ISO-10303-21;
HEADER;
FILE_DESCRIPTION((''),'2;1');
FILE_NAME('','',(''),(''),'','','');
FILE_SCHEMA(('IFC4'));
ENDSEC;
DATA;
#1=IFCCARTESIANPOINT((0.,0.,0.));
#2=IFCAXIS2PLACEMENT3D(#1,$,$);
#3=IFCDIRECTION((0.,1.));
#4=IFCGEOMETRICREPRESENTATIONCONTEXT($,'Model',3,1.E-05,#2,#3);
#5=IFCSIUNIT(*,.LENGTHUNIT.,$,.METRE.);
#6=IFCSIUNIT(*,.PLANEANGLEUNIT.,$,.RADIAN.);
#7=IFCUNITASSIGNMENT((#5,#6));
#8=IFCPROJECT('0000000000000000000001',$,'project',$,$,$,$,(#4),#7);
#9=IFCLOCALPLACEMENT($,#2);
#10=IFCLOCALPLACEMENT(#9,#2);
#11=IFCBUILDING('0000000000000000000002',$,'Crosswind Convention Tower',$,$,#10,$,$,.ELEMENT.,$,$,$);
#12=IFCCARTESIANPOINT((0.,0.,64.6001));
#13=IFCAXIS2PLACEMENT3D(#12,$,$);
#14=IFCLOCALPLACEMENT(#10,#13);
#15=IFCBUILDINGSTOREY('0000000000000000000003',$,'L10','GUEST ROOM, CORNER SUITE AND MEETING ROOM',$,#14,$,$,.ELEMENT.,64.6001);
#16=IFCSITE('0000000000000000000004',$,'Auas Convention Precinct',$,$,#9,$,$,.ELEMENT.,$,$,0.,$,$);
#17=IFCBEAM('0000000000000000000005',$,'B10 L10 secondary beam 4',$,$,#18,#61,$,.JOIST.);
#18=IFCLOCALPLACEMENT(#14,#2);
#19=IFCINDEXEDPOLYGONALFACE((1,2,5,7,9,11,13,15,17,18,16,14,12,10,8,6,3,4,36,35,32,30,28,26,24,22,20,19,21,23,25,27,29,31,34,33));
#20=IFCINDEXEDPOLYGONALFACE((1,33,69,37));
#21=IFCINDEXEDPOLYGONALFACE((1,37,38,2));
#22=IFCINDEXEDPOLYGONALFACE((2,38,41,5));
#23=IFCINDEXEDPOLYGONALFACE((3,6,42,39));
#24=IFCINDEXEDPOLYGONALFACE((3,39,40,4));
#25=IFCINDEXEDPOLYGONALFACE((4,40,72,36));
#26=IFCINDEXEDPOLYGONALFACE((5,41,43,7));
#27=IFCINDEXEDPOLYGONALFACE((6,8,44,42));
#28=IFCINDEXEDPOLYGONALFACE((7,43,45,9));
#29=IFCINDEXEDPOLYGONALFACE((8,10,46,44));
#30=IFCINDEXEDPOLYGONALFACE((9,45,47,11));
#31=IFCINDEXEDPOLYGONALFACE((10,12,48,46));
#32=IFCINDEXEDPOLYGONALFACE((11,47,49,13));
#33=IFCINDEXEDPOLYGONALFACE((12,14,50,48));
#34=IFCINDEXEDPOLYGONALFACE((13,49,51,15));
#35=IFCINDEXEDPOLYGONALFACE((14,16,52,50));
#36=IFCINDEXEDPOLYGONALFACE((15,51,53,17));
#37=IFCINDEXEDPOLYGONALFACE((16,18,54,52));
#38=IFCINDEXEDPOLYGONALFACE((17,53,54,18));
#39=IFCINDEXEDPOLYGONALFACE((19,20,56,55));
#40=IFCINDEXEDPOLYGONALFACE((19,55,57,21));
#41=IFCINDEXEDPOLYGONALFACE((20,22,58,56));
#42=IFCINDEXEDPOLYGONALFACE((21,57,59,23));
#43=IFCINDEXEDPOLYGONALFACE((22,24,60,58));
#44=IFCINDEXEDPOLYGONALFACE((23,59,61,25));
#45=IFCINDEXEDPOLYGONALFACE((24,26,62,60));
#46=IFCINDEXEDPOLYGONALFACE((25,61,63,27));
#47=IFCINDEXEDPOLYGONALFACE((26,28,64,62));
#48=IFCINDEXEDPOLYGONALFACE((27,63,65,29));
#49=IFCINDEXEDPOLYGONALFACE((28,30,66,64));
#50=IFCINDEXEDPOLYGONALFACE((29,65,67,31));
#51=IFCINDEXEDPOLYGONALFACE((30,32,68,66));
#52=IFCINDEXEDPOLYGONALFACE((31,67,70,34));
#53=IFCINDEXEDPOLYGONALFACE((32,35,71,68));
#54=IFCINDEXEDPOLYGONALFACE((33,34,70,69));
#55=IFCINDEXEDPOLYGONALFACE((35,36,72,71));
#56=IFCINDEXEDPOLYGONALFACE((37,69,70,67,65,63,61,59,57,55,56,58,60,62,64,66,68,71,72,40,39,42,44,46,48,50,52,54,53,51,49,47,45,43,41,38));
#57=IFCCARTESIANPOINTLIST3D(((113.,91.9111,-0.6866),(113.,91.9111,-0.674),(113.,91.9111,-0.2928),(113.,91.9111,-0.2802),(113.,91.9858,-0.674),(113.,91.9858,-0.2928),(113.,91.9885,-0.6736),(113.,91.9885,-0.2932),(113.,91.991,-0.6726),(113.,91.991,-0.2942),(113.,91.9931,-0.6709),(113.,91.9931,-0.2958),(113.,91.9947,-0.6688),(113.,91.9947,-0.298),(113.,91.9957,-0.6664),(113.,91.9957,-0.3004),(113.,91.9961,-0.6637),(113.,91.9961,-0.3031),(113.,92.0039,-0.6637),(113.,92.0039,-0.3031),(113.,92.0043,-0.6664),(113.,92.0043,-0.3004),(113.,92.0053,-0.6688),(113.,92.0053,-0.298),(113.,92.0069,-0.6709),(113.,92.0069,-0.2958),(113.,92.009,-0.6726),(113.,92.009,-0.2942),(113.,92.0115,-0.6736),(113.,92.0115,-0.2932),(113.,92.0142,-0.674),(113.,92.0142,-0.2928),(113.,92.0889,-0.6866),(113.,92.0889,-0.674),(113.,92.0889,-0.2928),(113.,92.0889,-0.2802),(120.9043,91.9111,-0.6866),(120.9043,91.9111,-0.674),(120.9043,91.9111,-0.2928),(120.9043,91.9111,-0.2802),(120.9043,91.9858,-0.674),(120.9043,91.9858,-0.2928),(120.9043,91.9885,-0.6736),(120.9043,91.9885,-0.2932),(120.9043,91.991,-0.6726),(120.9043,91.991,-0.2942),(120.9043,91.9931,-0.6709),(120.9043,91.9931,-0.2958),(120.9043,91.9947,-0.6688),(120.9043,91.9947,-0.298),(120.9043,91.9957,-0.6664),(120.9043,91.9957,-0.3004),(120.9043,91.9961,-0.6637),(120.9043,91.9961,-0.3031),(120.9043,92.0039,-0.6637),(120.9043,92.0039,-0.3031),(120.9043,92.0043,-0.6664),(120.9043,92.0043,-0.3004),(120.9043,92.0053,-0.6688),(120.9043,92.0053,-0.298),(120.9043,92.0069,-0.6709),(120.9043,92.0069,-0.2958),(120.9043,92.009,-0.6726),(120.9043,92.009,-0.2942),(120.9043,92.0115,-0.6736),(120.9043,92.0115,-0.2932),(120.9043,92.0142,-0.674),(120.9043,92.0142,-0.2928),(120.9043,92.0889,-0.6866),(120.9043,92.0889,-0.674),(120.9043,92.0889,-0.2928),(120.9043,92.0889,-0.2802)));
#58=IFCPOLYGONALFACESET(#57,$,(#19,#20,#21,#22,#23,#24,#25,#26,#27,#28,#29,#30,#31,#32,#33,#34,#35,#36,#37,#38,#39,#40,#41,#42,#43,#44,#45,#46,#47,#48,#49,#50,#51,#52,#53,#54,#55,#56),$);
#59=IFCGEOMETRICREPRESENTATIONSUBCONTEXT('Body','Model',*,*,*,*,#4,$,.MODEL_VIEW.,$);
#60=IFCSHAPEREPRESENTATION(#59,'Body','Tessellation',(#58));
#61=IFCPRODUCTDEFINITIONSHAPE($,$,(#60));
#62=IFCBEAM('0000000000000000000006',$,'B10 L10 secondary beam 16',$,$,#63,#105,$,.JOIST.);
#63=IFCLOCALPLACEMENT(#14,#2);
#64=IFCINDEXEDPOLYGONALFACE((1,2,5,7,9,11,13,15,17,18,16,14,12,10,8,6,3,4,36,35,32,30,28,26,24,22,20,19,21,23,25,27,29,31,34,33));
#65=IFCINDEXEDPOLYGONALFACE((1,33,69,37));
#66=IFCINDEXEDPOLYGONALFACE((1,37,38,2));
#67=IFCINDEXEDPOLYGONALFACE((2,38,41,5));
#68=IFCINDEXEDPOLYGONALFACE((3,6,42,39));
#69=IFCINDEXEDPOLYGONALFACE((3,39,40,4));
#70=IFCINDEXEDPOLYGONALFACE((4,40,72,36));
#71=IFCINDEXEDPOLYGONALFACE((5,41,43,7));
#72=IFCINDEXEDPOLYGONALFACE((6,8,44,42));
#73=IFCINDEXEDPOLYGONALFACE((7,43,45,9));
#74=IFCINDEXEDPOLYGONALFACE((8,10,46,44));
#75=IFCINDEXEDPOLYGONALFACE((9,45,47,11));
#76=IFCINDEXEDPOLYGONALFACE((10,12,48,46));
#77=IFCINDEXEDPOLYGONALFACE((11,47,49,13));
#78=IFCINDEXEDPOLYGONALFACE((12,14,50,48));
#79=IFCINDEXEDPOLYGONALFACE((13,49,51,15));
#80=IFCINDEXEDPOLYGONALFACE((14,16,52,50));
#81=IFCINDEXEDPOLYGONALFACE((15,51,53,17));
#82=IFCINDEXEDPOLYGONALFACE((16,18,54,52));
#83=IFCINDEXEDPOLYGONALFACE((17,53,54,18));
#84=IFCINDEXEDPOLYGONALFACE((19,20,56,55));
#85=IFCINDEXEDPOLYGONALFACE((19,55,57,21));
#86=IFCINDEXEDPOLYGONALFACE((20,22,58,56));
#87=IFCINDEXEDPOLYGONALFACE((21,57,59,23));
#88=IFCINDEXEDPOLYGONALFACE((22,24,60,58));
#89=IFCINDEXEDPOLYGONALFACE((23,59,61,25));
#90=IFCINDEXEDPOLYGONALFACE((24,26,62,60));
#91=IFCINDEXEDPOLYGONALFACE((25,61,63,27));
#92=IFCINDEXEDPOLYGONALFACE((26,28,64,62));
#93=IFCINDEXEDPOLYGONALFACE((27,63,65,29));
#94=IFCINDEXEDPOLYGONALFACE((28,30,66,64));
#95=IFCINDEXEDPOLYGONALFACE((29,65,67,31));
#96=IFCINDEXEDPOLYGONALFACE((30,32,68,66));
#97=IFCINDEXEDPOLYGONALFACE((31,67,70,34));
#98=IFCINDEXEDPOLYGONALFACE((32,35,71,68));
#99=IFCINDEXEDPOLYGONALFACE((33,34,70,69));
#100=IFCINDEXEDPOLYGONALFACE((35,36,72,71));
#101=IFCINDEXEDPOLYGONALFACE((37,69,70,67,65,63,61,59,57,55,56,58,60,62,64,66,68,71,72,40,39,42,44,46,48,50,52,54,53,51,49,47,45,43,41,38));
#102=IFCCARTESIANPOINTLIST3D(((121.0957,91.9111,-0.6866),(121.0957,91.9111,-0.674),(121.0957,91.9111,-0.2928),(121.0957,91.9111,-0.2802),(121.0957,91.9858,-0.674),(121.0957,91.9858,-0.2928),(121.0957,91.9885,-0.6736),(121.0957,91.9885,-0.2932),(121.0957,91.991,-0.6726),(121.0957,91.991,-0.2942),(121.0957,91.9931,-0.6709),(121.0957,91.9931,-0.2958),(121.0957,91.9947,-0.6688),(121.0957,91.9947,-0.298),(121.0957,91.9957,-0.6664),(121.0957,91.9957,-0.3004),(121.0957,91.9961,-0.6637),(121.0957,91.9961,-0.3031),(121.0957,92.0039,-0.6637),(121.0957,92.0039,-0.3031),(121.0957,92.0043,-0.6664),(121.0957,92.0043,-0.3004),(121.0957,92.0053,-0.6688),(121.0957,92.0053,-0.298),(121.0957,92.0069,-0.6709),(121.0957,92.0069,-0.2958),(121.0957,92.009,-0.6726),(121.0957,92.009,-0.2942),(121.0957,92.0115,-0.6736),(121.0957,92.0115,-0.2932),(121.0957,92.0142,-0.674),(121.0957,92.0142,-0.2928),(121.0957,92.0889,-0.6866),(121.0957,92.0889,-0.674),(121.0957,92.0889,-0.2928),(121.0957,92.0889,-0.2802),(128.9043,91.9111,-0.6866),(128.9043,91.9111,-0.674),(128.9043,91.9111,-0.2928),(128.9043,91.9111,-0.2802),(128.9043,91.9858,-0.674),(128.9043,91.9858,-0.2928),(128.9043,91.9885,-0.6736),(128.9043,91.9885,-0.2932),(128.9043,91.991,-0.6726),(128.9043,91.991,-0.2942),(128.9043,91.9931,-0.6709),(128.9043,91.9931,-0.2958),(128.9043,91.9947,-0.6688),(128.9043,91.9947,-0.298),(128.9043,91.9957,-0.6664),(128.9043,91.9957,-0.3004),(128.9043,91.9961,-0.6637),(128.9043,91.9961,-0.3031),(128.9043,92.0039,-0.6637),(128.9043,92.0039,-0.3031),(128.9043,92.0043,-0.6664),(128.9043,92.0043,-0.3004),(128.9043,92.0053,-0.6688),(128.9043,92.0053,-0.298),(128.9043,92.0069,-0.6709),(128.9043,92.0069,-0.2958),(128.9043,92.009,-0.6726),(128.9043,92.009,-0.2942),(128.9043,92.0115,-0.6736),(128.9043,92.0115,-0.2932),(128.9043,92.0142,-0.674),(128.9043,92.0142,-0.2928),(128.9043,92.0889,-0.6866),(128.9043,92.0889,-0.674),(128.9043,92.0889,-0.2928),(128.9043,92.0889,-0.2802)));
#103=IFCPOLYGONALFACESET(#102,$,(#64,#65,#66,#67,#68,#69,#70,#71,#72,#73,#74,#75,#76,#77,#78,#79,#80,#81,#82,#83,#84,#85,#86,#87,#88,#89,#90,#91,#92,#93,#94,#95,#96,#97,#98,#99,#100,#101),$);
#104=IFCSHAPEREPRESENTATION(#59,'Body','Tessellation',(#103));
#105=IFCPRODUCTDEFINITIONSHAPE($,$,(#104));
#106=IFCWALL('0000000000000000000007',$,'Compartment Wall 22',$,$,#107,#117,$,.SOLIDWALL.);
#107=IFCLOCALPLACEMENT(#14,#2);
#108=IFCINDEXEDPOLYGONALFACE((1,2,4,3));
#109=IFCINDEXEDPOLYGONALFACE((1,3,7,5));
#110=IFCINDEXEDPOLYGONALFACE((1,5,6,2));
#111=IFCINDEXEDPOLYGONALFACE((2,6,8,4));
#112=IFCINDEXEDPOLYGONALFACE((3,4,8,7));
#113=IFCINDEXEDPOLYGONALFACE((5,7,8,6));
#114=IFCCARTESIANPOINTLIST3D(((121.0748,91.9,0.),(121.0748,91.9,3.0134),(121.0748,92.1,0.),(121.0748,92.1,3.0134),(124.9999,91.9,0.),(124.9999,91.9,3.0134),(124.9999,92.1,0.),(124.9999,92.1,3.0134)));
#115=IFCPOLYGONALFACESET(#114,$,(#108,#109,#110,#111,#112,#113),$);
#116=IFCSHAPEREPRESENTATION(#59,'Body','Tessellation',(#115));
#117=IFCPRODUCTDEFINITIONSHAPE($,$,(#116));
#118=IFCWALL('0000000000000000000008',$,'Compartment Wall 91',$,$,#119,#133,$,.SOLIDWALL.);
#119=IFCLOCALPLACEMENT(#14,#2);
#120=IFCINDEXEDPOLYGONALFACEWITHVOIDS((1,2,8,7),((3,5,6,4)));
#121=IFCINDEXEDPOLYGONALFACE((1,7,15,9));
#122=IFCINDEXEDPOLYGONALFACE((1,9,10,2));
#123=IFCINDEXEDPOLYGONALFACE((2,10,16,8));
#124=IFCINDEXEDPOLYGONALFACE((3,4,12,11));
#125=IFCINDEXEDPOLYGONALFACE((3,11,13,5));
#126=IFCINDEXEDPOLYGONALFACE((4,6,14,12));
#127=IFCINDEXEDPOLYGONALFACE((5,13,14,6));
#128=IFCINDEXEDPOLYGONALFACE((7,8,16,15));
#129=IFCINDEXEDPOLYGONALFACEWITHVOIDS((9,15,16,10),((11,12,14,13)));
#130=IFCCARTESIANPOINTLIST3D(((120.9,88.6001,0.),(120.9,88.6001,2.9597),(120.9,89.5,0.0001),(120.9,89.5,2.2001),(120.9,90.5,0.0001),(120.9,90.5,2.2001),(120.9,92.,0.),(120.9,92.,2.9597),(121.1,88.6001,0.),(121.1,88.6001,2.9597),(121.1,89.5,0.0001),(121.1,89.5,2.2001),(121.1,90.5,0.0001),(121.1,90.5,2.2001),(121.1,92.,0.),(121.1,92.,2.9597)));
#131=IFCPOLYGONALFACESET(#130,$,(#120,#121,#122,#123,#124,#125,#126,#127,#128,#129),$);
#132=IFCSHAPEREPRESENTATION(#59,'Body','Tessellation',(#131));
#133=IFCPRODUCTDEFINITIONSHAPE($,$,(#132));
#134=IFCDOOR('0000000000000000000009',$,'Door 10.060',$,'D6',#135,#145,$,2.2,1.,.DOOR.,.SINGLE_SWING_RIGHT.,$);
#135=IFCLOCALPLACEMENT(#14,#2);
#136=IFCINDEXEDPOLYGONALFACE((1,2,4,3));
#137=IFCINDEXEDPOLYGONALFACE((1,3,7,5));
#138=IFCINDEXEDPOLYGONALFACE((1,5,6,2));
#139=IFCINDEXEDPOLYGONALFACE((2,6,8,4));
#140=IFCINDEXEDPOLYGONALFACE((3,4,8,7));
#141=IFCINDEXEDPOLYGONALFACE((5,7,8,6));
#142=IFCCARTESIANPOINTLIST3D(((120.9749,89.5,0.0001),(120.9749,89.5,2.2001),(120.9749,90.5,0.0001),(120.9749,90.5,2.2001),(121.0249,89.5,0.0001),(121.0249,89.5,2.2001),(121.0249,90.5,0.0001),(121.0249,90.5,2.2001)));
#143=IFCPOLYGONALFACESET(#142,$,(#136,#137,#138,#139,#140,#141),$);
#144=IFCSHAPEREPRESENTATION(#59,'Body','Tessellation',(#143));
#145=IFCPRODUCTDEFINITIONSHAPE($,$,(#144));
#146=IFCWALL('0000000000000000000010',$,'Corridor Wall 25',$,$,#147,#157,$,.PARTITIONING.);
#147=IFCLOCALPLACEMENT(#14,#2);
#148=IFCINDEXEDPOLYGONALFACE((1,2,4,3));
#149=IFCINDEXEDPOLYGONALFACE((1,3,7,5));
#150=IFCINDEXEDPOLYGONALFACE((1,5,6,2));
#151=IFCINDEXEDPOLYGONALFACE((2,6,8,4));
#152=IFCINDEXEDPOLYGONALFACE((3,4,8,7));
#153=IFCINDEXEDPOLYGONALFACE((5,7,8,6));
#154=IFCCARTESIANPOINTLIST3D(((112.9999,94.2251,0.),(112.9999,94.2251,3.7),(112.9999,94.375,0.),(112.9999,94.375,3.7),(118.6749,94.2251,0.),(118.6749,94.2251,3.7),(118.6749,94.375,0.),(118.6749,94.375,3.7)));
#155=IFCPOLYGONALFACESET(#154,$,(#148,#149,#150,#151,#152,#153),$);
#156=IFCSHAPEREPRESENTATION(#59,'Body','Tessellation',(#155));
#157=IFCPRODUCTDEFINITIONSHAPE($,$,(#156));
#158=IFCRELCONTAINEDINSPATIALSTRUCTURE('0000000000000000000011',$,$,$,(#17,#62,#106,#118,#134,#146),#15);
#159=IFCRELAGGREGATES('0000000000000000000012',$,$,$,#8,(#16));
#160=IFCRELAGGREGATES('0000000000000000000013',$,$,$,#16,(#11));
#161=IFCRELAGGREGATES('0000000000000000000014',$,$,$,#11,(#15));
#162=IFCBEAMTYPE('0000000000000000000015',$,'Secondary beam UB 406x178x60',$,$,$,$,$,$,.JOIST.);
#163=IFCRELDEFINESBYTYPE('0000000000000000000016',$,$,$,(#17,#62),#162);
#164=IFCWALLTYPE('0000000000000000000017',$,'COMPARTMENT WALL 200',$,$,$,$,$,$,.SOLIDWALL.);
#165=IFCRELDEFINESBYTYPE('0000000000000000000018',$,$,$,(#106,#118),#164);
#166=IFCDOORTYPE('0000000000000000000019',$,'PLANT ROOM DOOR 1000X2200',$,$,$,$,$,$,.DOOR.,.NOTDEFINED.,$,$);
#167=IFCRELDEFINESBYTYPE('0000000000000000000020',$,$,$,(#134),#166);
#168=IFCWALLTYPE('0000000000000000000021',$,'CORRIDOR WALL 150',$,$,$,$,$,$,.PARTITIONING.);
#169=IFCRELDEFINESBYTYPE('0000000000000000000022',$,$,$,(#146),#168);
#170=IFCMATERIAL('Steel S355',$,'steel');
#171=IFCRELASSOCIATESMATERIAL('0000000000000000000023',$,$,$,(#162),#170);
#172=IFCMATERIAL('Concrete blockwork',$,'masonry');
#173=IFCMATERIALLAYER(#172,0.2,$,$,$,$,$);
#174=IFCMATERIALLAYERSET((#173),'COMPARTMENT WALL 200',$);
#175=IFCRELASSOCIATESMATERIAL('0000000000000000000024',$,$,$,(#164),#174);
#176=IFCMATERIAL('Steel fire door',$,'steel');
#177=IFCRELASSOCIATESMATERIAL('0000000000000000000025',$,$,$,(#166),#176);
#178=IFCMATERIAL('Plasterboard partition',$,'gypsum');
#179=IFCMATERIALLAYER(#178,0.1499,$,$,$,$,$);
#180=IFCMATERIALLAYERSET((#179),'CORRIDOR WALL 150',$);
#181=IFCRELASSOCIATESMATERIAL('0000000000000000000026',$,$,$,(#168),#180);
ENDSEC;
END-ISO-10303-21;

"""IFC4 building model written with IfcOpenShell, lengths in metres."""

from ifc_helpers import new_model, si_unit, direction, frame, frame_2d, origin, origin_2d, place, context, subcontext, project, spatial, rectangle, i_section, extrude, material, layer, layer_set, material_profile, profile_set, type_object, element, fill, save


model = new_model("IFC4")

# Units and contexts
model_context = context("Model", 3, precision=1e-05, world=origin(), true_north=direction((0.0, 1.0)))
body_context = subcontext(model_context, "Body", "Model", "MODEL_VIEW")
ifc_project = project(units=[si_unit("LENGTHUNIT", "METRE"), si_unit("PLANEANGLEUNIT", "RADIAN")], contexts=[model_context])

# Site, building, storey
site_placement = place(None, origin())
site = spatial("IfcSite", under=ifc_project, at=site_placement, Name="Auas Convention Precinct", CompositionType="ELEMENT", RefElevation=0.0)
building_placement = place(site_placement, origin())
building = spatial("IfcBuilding", under=site, at=building_placement, Name="Crosswind Convention Tower", CompositionType="ELEMENT")
storey_placement = place(building_placement, frame((0.0, 0.0, 64.6001)))
storey = spatial("IfcBuildingStorey", under=building, at=storey_placement, Name="L10", Description="GUEST ROOM, CORNER SUITE AND MEETING ROOM", CompositionType="ELEMENT", Elevation=64.6001)

# Beams
ifc_material_1 = material(Name="Steel S355", Category="steel")
ifc_material_profile_1 = material_profile(ifc_material_1, i_section(OverallWidth=0.1777, OverallDepth=0.4065, WebThickness=0.0078, FlangeThickness=0.0127, FilletRadius=0.0103, at=origin_2d()), Name="UB 406x178x60")
ifc_profile_set_1 = profile_set([ifc_material_profile_1], Name="Steel S355")
beam_type_1 = type_object("IfcBeamType", Name="Secondary beam UB 406x178x60", PredefinedType="JOIST", material=ifc_profile_set_1)
beam_1_placement = place(storey_placement, frame((113.0, 92.0, -0.4834), z_axis=(1.0, 0.0, 0.0), x_axis=(0.0, 1.0, 0.0)))
element("IfcBeam", 1, at=beam_1_placement, inside=storey, type_object=beam_type_1, Name="B10 L10 secondary beam 4", PredefinedType="JOIST", context=body_context, shape_type="SweptSolid", body=[
    extrude(i_section(OverallWidth=0.1777, OverallDepth=0.4065, WebThickness=0.0078, FlangeThickness=0.0127, FilletRadius=0.0103, at=origin_2d()), origin(), (0.0, 0.0, 1.0), 7.9043),
])
beam_2_placement = place(storey_placement, frame((121.0957, 92.0, -0.4834), z_axis=(1.0, 0.0, 0.0), x_axis=(0.0, 1.0, 0.0)))
element("IfcBeam", 2, at=beam_2_placement, inside=storey, type_object=beam_type_1, Name="B10 L10 secondary beam 16", PredefinedType="JOIST", context=body_context, shape_type="SweptSolid", body=[
    extrude(i_section(OverallWidth=0.1777, OverallDepth=0.4065, WebThickness=0.0078, FlangeThickness=0.0127, FilletRadius=0.0103, at=origin_2d()), origin(), (0.0, 0.0, 1.0), 7.8086),
])

# Wall
ifc_material_2 = material(Name="Concrete blockwork", Category="masonry")
ifc_layer_1 = layer(ifc_material_2, 0.2)
ifc_layer_set_1 = layer_set([ifc_layer_1], Name="COMPARTMENT WALL 200")
wall_type_1 = type_object("IfcWallType", Name="COMPARTMENT WALL 200", PredefinedType="SOLIDWALL", material=ifc_layer_set_1)
wall_1_placement = place(storey_placement, frame((121.075, 92.0, 0.0), z_axis=(0.0, 0.0, 1.0), x_axis=(1.0, 0.0, 0.0)))
element("IfcWall", 3, at=wall_1_placement, inside=storey, type_object=wall_type_1, Name="Compartment Wall 22", PredefinedType="SOLIDWALL", context=body_context, shape_type="SweptSolid", body=[
    extrude(rectangle(XDim=3.925, YDim=0.2, at=frame_2d((1.9624, 0.0))), origin(), (0.0, 0.0, 1.0), 3.0134),
])

# Wall, opening, door
wall_2_placement = place(storey_placement, frame((121.0, 88.6001, 0.0), z_axis=(0.0, 0.0, 1.0), x_axis=(0.0, 1.0, 0.0)))
wall_2 = element("IfcWall", 4, at=wall_2_placement, inside=storey, type_object=wall_type_1, Name="Compartment Wall 91", PredefinedType="SOLIDWALL", context=body_context, shape_type="SweptSolid", body=[
    extrude(rectangle(XDim=3.3999, YDim=0.2, at=frame_2d((1.7, 0.0))), origin(), (0.0, 0.0, 1.0), 2.9597),
])
opening_1_placement = place(wall_2_placement, frame((0.8999, 0.0, 0.0)))
opening_1 = element("IfcOpeningElement", 5, at=opening_1_placement, cuts=wall_2, PredefinedType="OPENING", context=body_context, shape_type="SweptSolid", body=[
    extrude(rectangle(XDim=1.0, YDim=2.2, at=frame_2d((0.5, 1.1001))), frame((0.0, 0.1099, 0.0), z_axis=(0.0, -1.0, 0.0), x_axis=(1.0, 0.0, 0.0)), (0.0, 0.0, 1.0), 0.22),
])
ifc_material_3 = material(Name="Steel fire door", Category="steel")
door_type_1 = type_object("IfcDoorType", Name="PLANT ROOM DOOR 1000X2200", OperationType="NOTDEFINED", PredefinedType="DOOR", material=ifc_material_3)
door_1_placement = place(opening_1_placement, frame((1.0, 0.0, 0.0), z_axis=(0.0, 0.0, 1.0), x_axis=(-1.0, 0.0, 0.0)))
door_1 = element("IfcDoor", 6, at=door_1_placement, inside=storey, type_object=door_type_1, Name="Door 10.060", ObjectType="D6", OperationType="SINGLE_SWING_RIGHT", OverallHeight=2.2, OverallWidth=1.0, PredefinedType="DOOR", context=body_context, shape_type="SweptSolid", body=[
    extrude(rectangle(XDim=1.0, YDim=2.2, at=frame_2d((0.5, 1.1001))), frame((0.0, 0.0249, 0.0), z_axis=(0.0, -1.0, 0.0), x_axis=(1.0, 0.0, 0.0)), (0.0, 0.0, 1.0), 0.05),
])
fill(opening_1, door_1)

# Wall
ifc_material_4 = material(Name="Plasterboard partition", Category="gypsum")
ifc_layer_2 = layer(ifc_material_4, 0.1499)
ifc_layer_set_2 = layer_set([ifc_layer_2], Name="CORRIDOR WALL 150")
wall_type_2 = type_object("IfcWallType", Name="CORRIDOR WALL 150", PredefinedType="PARTITIONING", material=ifc_layer_set_2)
wall_3_placement = place(storey_placement, frame((113.0, 94.3, 0.0), z_axis=(0.0, 0.0, 1.0), x_axis=(1.0, 0.0, 0.0)))
element("IfcWall", 7, at=wall_3_placement, inside=storey, type_object=wall_type_2, Name="Corridor Wall 25", PredefinedType="PARTITIONING", context=body_context, shape_type="SweptSolid", body=[
    extrude(rectangle(XDim=5.675, YDim=0.1499, at=frame_2d((2.8374, 0.0))), origin(), (0.0, 0.0, 1.0), 3.7),
])

save(model, "model.ifc")
